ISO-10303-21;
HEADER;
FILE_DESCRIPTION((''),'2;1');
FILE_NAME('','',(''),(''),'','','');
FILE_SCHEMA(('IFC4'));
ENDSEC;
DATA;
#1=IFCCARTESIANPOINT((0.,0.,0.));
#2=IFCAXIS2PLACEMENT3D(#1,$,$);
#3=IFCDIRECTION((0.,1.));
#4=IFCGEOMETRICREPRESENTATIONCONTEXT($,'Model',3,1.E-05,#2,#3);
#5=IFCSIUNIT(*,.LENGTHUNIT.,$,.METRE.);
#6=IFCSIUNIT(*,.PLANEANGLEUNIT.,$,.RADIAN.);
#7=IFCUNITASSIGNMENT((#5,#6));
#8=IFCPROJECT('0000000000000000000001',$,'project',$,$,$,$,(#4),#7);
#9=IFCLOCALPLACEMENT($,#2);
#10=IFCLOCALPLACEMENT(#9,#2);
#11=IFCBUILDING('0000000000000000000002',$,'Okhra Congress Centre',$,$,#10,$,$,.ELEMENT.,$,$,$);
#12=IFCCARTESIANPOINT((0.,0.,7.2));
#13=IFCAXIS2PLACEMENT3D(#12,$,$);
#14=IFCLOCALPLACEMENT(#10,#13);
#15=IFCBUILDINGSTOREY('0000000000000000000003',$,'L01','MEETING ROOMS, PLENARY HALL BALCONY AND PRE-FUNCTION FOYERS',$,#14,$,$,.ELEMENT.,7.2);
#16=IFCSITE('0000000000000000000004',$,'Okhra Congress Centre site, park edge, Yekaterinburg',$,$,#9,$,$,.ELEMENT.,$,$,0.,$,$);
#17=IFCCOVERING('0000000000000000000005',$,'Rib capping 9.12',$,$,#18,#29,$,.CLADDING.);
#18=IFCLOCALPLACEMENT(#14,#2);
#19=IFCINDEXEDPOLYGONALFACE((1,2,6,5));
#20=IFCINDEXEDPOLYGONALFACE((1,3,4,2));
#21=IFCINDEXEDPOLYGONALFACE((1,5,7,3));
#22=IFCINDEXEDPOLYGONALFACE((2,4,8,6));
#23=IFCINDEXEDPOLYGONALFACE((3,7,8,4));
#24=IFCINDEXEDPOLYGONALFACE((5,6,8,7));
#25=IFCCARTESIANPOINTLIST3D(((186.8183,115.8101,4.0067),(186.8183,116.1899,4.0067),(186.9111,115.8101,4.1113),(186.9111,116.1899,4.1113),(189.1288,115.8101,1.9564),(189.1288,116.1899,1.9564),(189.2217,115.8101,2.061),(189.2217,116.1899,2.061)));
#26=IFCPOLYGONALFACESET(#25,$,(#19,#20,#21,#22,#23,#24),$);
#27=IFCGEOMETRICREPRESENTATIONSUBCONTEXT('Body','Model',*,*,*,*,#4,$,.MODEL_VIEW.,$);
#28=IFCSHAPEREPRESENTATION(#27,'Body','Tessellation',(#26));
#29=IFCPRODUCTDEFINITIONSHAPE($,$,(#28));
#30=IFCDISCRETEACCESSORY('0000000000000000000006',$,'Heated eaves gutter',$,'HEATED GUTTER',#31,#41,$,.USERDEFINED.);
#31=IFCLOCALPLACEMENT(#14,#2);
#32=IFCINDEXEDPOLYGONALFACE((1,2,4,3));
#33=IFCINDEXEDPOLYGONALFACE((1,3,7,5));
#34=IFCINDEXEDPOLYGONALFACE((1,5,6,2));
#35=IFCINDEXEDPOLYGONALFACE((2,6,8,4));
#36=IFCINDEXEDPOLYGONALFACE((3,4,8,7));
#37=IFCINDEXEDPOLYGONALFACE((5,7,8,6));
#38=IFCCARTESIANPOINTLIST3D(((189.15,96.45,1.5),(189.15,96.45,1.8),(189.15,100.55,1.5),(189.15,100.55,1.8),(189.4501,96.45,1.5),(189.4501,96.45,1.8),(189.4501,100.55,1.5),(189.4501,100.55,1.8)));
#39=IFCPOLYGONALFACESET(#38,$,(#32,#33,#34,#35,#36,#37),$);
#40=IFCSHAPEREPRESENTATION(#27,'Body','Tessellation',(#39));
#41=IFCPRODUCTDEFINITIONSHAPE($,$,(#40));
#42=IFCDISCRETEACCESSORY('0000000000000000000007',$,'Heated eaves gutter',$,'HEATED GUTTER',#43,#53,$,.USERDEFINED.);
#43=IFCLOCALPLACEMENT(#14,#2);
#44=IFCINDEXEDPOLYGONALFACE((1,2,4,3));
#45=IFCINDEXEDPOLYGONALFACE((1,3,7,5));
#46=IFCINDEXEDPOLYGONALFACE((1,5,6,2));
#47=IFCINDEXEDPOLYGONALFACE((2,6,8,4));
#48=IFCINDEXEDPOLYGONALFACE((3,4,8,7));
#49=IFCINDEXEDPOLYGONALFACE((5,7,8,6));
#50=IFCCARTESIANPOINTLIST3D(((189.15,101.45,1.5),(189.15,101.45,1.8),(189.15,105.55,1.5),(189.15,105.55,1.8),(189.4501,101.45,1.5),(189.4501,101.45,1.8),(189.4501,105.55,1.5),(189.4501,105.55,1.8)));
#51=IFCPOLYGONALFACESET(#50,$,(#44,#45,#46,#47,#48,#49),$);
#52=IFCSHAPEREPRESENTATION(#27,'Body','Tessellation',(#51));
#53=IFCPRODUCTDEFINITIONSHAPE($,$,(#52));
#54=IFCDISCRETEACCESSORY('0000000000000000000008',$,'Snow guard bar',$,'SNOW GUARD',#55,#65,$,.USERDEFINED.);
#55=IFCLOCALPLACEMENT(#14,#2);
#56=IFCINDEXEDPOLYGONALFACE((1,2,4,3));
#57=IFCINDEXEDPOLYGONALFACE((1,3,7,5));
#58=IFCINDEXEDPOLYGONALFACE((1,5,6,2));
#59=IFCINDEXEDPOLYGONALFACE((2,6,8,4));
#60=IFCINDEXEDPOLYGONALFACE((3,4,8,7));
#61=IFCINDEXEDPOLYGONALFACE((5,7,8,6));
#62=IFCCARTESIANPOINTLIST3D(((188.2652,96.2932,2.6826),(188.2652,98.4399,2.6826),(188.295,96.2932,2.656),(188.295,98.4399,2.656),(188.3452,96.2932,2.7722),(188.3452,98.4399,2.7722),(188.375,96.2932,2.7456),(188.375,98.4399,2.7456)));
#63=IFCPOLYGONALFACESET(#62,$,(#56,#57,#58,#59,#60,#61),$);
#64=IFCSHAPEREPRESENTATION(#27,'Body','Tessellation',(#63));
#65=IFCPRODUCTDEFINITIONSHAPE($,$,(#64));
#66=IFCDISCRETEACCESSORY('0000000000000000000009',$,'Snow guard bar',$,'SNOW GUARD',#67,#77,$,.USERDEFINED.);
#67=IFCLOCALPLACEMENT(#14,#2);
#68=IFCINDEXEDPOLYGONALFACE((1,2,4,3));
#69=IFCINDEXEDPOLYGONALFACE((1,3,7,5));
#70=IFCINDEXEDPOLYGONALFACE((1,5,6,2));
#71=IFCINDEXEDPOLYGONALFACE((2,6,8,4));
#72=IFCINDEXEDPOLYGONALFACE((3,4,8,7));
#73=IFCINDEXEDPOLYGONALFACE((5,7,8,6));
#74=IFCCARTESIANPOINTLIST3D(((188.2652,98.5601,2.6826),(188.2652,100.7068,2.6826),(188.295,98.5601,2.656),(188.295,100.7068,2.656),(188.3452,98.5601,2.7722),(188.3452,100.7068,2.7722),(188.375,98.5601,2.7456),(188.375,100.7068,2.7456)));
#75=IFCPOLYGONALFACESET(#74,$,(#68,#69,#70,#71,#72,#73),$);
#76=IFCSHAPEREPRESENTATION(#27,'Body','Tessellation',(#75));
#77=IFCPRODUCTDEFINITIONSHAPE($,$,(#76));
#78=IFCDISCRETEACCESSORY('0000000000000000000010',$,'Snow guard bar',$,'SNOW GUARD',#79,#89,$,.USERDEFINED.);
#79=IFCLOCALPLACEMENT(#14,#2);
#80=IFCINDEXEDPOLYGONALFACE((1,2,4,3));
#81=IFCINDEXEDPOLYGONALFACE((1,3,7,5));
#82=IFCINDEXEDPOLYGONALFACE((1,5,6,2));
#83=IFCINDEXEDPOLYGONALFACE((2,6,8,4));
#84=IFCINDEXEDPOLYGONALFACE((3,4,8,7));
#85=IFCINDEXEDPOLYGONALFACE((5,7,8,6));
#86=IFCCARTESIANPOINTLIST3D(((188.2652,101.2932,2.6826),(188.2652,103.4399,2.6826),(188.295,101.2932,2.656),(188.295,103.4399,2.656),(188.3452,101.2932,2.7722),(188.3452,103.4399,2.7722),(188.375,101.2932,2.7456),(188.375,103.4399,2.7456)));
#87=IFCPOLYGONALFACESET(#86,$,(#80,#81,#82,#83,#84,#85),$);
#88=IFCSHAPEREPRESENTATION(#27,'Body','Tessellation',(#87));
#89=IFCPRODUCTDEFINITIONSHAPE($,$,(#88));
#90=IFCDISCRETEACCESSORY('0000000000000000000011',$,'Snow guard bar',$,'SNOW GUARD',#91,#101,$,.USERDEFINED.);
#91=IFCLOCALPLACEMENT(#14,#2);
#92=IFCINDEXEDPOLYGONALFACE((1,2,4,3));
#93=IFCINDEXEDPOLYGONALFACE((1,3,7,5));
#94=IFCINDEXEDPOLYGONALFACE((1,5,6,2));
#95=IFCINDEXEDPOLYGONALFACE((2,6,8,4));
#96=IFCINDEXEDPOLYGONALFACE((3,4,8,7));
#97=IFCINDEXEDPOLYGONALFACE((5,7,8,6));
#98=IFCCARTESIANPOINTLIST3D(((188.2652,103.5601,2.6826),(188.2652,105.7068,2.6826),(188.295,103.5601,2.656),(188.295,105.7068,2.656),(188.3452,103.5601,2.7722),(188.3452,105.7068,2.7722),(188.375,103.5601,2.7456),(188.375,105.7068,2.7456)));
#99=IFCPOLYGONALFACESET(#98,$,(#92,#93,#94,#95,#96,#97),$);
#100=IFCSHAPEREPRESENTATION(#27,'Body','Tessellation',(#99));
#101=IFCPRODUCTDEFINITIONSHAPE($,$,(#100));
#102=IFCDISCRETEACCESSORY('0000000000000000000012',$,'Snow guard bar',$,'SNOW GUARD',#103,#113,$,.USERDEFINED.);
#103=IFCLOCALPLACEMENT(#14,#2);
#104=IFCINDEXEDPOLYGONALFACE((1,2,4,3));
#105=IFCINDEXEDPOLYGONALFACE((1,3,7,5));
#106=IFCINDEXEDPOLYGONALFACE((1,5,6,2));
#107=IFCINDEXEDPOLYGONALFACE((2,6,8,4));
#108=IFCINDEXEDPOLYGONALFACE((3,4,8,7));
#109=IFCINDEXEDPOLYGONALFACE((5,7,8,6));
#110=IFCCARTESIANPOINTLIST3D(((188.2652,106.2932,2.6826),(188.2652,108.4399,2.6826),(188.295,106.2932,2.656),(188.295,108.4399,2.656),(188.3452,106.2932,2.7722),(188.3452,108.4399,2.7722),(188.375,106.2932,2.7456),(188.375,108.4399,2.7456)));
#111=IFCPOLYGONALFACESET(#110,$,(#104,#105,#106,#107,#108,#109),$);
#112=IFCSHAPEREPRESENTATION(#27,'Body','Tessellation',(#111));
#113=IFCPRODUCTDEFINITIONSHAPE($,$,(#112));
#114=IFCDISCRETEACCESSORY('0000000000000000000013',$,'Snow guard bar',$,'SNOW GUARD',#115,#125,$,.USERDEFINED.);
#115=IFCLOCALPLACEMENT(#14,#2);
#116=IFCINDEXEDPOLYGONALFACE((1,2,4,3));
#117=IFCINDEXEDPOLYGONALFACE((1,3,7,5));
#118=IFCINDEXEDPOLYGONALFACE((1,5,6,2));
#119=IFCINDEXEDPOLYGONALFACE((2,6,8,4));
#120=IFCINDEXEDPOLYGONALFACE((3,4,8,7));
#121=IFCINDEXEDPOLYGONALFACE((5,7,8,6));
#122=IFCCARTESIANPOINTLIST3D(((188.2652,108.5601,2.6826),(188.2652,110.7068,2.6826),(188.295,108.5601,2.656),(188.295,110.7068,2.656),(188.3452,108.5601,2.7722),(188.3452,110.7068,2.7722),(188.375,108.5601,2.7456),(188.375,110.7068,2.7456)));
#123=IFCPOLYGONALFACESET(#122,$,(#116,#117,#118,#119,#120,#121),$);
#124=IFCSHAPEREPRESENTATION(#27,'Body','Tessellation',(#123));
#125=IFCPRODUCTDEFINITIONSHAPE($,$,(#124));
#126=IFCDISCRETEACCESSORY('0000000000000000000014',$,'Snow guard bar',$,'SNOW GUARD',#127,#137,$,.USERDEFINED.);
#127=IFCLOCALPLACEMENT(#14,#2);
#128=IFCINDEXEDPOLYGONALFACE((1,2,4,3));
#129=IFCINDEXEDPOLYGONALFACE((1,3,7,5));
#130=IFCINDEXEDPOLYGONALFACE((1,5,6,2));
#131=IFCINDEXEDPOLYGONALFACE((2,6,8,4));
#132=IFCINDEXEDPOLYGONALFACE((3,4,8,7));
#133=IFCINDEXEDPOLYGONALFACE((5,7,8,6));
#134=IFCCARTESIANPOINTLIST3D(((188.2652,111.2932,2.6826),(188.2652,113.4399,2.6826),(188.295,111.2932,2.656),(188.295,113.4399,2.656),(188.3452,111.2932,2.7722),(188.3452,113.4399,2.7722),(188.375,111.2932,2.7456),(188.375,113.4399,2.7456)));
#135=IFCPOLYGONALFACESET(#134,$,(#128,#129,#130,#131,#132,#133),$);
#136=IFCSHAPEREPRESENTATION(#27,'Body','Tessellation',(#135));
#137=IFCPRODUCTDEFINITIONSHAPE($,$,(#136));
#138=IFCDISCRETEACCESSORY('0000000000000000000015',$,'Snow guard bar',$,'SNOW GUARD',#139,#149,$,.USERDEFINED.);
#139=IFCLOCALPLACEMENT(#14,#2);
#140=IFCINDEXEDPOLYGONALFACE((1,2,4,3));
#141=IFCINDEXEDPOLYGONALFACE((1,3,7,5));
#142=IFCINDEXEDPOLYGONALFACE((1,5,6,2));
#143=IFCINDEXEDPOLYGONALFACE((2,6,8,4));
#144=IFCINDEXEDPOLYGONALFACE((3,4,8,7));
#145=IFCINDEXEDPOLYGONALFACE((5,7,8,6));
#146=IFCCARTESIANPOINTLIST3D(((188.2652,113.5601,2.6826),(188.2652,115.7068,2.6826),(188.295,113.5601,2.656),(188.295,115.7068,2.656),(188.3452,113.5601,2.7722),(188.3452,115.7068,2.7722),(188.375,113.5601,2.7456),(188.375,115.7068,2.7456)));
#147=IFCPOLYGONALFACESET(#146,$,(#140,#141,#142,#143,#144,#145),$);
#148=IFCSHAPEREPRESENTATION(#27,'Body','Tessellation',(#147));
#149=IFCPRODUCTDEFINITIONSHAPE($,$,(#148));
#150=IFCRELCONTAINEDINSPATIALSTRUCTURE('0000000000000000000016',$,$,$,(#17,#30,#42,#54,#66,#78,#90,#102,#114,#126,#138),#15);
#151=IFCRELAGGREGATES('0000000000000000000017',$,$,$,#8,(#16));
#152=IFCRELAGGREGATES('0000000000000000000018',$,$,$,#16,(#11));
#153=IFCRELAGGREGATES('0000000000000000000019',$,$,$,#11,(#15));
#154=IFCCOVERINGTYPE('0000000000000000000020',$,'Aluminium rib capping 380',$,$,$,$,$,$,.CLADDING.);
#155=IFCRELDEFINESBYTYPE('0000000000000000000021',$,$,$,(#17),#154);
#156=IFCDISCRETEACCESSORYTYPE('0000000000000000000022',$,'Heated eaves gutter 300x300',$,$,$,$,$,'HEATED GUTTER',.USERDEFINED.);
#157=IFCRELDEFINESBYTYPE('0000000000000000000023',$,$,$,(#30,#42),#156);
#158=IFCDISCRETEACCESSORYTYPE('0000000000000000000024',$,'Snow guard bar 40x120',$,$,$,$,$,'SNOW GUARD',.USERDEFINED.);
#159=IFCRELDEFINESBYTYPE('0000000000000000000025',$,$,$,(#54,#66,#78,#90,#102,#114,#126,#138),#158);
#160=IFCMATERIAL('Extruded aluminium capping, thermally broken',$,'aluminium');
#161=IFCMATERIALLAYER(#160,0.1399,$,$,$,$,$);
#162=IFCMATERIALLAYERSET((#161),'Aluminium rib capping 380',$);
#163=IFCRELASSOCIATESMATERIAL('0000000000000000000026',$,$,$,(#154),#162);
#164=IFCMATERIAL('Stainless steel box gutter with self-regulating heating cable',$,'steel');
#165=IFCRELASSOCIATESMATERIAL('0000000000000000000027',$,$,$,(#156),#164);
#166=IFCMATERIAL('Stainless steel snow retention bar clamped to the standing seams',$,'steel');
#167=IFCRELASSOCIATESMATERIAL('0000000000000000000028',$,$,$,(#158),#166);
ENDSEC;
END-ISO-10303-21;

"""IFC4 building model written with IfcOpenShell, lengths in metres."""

from ifc_helpers import new_model, si_unit, direction, frame, origin, origin_2d, place, context, subcontext, project, spatial, polyline, rectangle, outline, extrude, material, layer, layer_set, type_object, element, save


model = new_model("IFC4")

# Units and contexts
model_context = context("Model", 3, precision=1e-05, world=origin(), true_north=direction((0.0, 1.0)))
body_context = subcontext(model_context, "Body", "Model", "MODEL_VIEW")
ifc_project = project(units=[si_unit("LENGTHUNIT", "METRE"), si_unit("PLANEANGLEUNIT", "RADIAN")], contexts=[model_context])

# Site, building, storey
site_placement = place(None, origin())
site = spatial("IfcSite", under=ifc_project, at=site_placement, Name="Okhra Congress Centre site, park edge, Yekaterinburg", CompositionType="ELEMENT", RefElevation=0.0)
building_placement = place(site_placement, origin())
building = spatial("IfcBuilding", under=site, at=building_placement, Name="Okhra Congress Centre", CompositionType="ELEMENT")
storey_placement = place(building_placement, frame((0.0, 0.0, 7.2)))
storey = spatial("IfcBuildingStorey", under=building, at=storey_placement, Name="L01", Description="MEETING ROOMS, PLENARY HALL BALCONY AND PRE-FUNCTION FOYERS", CompositionType="ELEMENT", Elevation=7.2)

# Covering
ifc_material_1 = material(Name="Extruded aluminium capping, thermally broken", Category="aluminium")
ifc_layer_1 = layer(ifc_material_1, 0.1399)
ifc_layer_set_1 = layer_set([ifc_layer_1], Name="Aluminium rib capping 380")
covering_type = type_object("IfcCoveringType", Name="Aluminium rib capping 380", PredefinedType="CLADDING", material=ifc_layer_set_1)
for number, where, z_axis, x_axis, name in (
    (1, (186.9111, 115.8101, 4.1113), (0.663726, 0.0, 0.747976), (0.747976, 0.0, -0.663726), "Rib capping 9.12"),
):
    element("IfcCovering", number, at=place(storey_placement, frame(where, z_axis=z_axis, x_axis=x_axis)), inside=storey, type_object=covering_type, Name=name, PredefinedType="CLADDING", context=body_context, shape_type="SweptSolid", body=[
        extrude(outline(polyline([(0.0, 0.0), (3.0891, 0.0), (3.0891, 0.3799), (0.0, 0.3799), (0.0, 0.0)])), origin(), (0.0, 0.0, -1.0), 0.1399),
    ])

# Discrete accessories
ifc_material_2 = material(Name="Stainless steel box gutter with self-regulating heating cable", Category="steel")
discrete_accessory_type_1 = type_object("IfcDiscreteAccessoryType", Name="Heated eaves gutter 300x300", ElementType="HEATED GUTTER", PredefinedType="USERDEFINED", material=ifc_material_2)
for number, where, z_axis, x_axis, name in (
    (2, (189.3, 98.5, 1.5), (0.0, 0.0, 1.0), (1.0, 0.0, 0.0), "Heated eaves gutter"),
    (3, (189.3, 103.5, 1.5), (0.0, 0.0, 1.0), (1.0, 0.0, 0.0), "Heated eaves gutter"),
):
    element("IfcDiscreteAccessory", number, at=place(storey_placement, frame(where, z_axis=z_axis, x_axis=x_axis)), inside=storey, type_object=discrete_accessory_type_1, Name=name, ObjectType="HEATED GUTTER", PredefinedType="USERDEFINED", context=body_context, shape_type="SweptSolid", body=[
        extrude(rectangle(XDim=0.3, YDim=4.1001, at=origin_2d()), origin(), (0.0, 0.0, 1.0), 0.3),
    ])
ifc_material_3 = material(Name="Stainless steel snow retention bar clamped to the standing seams", Category="steel")
discrete_accessory_type_2 = type_object("IfcDiscreteAccessoryType", Name="Snow guard bar 40x120", ElementType="SNOW GUARD", PredefinedType="USERDEFINED", material=ifc_material_3)
for number, where, z_axis, x_axis, name in (
    (4, (188.3452, 96.2932, 2.7722), (0.666259, 0.0, 0.745721), (0.745721, 0.0, -0.666259), "Snow guard bar"),
    (5, (188.3452, 98.5601, 2.7722), (0.666259, 0.0, 0.745721), (0.745721, 0.0, -0.666259), "Snow guard bar"),
    (6, (188.3452, 101.2932, 2.7722), (0.666259, 0.0, 0.745721), (0.745721, 0.0, -0.666259), "Snow guard bar"),
    (7, (188.3452, 103.5601, 2.7722), (0.666259, 0.0, 0.745721), (0.745721, 0.0, -0.666259), "Snow guard bar"),
    (8, (188.3452, 106.2932, 2.7722), (0.666259, 0.0, 0.745721), (0.745721, 0.0, -0.666259), "Snow guard bar"),
    (9, (188.3452, 108.5601, 2.7722), (0.666259, 0.0, 0.745721), (0.745721, 0.0, -0.666259), "Snow guard bar"),
    (10, (188.3452, 111.2932, 2.7722), (0.666259, 0.0, 0.745721), (0.745721, 0.0, -0.666259), "Snow guard bar"),
    (11, (188.3452, 113.5601, 2.7722), (0.666259, 0.0, 0.745721), (0.745721, 0.0, -0.666259), "Snow guard bar"),
):
    element("IfcDiscreteAccessory", number, at=place(storey_placement, frame(where, z_axis=z_axis, x_axis=x_axis)), inside=storey, type_object=discrete_accessory_type_2, Name=name, ObjectType="SNOW GUARD", PredefinedType="USERDEFINED", context=body_context, shape_type="SweptSolid", body=[
        extrude(outline(polyline([(0.0, 0.0), (0.0399, 0.0), (0.0399, 2.1467), (0.0, 2.1467), (0.0, 0.0)])), origin(), (0.0, 0.0, -1.0), 0.1201),
    ])

save(model, "model.ifc")
